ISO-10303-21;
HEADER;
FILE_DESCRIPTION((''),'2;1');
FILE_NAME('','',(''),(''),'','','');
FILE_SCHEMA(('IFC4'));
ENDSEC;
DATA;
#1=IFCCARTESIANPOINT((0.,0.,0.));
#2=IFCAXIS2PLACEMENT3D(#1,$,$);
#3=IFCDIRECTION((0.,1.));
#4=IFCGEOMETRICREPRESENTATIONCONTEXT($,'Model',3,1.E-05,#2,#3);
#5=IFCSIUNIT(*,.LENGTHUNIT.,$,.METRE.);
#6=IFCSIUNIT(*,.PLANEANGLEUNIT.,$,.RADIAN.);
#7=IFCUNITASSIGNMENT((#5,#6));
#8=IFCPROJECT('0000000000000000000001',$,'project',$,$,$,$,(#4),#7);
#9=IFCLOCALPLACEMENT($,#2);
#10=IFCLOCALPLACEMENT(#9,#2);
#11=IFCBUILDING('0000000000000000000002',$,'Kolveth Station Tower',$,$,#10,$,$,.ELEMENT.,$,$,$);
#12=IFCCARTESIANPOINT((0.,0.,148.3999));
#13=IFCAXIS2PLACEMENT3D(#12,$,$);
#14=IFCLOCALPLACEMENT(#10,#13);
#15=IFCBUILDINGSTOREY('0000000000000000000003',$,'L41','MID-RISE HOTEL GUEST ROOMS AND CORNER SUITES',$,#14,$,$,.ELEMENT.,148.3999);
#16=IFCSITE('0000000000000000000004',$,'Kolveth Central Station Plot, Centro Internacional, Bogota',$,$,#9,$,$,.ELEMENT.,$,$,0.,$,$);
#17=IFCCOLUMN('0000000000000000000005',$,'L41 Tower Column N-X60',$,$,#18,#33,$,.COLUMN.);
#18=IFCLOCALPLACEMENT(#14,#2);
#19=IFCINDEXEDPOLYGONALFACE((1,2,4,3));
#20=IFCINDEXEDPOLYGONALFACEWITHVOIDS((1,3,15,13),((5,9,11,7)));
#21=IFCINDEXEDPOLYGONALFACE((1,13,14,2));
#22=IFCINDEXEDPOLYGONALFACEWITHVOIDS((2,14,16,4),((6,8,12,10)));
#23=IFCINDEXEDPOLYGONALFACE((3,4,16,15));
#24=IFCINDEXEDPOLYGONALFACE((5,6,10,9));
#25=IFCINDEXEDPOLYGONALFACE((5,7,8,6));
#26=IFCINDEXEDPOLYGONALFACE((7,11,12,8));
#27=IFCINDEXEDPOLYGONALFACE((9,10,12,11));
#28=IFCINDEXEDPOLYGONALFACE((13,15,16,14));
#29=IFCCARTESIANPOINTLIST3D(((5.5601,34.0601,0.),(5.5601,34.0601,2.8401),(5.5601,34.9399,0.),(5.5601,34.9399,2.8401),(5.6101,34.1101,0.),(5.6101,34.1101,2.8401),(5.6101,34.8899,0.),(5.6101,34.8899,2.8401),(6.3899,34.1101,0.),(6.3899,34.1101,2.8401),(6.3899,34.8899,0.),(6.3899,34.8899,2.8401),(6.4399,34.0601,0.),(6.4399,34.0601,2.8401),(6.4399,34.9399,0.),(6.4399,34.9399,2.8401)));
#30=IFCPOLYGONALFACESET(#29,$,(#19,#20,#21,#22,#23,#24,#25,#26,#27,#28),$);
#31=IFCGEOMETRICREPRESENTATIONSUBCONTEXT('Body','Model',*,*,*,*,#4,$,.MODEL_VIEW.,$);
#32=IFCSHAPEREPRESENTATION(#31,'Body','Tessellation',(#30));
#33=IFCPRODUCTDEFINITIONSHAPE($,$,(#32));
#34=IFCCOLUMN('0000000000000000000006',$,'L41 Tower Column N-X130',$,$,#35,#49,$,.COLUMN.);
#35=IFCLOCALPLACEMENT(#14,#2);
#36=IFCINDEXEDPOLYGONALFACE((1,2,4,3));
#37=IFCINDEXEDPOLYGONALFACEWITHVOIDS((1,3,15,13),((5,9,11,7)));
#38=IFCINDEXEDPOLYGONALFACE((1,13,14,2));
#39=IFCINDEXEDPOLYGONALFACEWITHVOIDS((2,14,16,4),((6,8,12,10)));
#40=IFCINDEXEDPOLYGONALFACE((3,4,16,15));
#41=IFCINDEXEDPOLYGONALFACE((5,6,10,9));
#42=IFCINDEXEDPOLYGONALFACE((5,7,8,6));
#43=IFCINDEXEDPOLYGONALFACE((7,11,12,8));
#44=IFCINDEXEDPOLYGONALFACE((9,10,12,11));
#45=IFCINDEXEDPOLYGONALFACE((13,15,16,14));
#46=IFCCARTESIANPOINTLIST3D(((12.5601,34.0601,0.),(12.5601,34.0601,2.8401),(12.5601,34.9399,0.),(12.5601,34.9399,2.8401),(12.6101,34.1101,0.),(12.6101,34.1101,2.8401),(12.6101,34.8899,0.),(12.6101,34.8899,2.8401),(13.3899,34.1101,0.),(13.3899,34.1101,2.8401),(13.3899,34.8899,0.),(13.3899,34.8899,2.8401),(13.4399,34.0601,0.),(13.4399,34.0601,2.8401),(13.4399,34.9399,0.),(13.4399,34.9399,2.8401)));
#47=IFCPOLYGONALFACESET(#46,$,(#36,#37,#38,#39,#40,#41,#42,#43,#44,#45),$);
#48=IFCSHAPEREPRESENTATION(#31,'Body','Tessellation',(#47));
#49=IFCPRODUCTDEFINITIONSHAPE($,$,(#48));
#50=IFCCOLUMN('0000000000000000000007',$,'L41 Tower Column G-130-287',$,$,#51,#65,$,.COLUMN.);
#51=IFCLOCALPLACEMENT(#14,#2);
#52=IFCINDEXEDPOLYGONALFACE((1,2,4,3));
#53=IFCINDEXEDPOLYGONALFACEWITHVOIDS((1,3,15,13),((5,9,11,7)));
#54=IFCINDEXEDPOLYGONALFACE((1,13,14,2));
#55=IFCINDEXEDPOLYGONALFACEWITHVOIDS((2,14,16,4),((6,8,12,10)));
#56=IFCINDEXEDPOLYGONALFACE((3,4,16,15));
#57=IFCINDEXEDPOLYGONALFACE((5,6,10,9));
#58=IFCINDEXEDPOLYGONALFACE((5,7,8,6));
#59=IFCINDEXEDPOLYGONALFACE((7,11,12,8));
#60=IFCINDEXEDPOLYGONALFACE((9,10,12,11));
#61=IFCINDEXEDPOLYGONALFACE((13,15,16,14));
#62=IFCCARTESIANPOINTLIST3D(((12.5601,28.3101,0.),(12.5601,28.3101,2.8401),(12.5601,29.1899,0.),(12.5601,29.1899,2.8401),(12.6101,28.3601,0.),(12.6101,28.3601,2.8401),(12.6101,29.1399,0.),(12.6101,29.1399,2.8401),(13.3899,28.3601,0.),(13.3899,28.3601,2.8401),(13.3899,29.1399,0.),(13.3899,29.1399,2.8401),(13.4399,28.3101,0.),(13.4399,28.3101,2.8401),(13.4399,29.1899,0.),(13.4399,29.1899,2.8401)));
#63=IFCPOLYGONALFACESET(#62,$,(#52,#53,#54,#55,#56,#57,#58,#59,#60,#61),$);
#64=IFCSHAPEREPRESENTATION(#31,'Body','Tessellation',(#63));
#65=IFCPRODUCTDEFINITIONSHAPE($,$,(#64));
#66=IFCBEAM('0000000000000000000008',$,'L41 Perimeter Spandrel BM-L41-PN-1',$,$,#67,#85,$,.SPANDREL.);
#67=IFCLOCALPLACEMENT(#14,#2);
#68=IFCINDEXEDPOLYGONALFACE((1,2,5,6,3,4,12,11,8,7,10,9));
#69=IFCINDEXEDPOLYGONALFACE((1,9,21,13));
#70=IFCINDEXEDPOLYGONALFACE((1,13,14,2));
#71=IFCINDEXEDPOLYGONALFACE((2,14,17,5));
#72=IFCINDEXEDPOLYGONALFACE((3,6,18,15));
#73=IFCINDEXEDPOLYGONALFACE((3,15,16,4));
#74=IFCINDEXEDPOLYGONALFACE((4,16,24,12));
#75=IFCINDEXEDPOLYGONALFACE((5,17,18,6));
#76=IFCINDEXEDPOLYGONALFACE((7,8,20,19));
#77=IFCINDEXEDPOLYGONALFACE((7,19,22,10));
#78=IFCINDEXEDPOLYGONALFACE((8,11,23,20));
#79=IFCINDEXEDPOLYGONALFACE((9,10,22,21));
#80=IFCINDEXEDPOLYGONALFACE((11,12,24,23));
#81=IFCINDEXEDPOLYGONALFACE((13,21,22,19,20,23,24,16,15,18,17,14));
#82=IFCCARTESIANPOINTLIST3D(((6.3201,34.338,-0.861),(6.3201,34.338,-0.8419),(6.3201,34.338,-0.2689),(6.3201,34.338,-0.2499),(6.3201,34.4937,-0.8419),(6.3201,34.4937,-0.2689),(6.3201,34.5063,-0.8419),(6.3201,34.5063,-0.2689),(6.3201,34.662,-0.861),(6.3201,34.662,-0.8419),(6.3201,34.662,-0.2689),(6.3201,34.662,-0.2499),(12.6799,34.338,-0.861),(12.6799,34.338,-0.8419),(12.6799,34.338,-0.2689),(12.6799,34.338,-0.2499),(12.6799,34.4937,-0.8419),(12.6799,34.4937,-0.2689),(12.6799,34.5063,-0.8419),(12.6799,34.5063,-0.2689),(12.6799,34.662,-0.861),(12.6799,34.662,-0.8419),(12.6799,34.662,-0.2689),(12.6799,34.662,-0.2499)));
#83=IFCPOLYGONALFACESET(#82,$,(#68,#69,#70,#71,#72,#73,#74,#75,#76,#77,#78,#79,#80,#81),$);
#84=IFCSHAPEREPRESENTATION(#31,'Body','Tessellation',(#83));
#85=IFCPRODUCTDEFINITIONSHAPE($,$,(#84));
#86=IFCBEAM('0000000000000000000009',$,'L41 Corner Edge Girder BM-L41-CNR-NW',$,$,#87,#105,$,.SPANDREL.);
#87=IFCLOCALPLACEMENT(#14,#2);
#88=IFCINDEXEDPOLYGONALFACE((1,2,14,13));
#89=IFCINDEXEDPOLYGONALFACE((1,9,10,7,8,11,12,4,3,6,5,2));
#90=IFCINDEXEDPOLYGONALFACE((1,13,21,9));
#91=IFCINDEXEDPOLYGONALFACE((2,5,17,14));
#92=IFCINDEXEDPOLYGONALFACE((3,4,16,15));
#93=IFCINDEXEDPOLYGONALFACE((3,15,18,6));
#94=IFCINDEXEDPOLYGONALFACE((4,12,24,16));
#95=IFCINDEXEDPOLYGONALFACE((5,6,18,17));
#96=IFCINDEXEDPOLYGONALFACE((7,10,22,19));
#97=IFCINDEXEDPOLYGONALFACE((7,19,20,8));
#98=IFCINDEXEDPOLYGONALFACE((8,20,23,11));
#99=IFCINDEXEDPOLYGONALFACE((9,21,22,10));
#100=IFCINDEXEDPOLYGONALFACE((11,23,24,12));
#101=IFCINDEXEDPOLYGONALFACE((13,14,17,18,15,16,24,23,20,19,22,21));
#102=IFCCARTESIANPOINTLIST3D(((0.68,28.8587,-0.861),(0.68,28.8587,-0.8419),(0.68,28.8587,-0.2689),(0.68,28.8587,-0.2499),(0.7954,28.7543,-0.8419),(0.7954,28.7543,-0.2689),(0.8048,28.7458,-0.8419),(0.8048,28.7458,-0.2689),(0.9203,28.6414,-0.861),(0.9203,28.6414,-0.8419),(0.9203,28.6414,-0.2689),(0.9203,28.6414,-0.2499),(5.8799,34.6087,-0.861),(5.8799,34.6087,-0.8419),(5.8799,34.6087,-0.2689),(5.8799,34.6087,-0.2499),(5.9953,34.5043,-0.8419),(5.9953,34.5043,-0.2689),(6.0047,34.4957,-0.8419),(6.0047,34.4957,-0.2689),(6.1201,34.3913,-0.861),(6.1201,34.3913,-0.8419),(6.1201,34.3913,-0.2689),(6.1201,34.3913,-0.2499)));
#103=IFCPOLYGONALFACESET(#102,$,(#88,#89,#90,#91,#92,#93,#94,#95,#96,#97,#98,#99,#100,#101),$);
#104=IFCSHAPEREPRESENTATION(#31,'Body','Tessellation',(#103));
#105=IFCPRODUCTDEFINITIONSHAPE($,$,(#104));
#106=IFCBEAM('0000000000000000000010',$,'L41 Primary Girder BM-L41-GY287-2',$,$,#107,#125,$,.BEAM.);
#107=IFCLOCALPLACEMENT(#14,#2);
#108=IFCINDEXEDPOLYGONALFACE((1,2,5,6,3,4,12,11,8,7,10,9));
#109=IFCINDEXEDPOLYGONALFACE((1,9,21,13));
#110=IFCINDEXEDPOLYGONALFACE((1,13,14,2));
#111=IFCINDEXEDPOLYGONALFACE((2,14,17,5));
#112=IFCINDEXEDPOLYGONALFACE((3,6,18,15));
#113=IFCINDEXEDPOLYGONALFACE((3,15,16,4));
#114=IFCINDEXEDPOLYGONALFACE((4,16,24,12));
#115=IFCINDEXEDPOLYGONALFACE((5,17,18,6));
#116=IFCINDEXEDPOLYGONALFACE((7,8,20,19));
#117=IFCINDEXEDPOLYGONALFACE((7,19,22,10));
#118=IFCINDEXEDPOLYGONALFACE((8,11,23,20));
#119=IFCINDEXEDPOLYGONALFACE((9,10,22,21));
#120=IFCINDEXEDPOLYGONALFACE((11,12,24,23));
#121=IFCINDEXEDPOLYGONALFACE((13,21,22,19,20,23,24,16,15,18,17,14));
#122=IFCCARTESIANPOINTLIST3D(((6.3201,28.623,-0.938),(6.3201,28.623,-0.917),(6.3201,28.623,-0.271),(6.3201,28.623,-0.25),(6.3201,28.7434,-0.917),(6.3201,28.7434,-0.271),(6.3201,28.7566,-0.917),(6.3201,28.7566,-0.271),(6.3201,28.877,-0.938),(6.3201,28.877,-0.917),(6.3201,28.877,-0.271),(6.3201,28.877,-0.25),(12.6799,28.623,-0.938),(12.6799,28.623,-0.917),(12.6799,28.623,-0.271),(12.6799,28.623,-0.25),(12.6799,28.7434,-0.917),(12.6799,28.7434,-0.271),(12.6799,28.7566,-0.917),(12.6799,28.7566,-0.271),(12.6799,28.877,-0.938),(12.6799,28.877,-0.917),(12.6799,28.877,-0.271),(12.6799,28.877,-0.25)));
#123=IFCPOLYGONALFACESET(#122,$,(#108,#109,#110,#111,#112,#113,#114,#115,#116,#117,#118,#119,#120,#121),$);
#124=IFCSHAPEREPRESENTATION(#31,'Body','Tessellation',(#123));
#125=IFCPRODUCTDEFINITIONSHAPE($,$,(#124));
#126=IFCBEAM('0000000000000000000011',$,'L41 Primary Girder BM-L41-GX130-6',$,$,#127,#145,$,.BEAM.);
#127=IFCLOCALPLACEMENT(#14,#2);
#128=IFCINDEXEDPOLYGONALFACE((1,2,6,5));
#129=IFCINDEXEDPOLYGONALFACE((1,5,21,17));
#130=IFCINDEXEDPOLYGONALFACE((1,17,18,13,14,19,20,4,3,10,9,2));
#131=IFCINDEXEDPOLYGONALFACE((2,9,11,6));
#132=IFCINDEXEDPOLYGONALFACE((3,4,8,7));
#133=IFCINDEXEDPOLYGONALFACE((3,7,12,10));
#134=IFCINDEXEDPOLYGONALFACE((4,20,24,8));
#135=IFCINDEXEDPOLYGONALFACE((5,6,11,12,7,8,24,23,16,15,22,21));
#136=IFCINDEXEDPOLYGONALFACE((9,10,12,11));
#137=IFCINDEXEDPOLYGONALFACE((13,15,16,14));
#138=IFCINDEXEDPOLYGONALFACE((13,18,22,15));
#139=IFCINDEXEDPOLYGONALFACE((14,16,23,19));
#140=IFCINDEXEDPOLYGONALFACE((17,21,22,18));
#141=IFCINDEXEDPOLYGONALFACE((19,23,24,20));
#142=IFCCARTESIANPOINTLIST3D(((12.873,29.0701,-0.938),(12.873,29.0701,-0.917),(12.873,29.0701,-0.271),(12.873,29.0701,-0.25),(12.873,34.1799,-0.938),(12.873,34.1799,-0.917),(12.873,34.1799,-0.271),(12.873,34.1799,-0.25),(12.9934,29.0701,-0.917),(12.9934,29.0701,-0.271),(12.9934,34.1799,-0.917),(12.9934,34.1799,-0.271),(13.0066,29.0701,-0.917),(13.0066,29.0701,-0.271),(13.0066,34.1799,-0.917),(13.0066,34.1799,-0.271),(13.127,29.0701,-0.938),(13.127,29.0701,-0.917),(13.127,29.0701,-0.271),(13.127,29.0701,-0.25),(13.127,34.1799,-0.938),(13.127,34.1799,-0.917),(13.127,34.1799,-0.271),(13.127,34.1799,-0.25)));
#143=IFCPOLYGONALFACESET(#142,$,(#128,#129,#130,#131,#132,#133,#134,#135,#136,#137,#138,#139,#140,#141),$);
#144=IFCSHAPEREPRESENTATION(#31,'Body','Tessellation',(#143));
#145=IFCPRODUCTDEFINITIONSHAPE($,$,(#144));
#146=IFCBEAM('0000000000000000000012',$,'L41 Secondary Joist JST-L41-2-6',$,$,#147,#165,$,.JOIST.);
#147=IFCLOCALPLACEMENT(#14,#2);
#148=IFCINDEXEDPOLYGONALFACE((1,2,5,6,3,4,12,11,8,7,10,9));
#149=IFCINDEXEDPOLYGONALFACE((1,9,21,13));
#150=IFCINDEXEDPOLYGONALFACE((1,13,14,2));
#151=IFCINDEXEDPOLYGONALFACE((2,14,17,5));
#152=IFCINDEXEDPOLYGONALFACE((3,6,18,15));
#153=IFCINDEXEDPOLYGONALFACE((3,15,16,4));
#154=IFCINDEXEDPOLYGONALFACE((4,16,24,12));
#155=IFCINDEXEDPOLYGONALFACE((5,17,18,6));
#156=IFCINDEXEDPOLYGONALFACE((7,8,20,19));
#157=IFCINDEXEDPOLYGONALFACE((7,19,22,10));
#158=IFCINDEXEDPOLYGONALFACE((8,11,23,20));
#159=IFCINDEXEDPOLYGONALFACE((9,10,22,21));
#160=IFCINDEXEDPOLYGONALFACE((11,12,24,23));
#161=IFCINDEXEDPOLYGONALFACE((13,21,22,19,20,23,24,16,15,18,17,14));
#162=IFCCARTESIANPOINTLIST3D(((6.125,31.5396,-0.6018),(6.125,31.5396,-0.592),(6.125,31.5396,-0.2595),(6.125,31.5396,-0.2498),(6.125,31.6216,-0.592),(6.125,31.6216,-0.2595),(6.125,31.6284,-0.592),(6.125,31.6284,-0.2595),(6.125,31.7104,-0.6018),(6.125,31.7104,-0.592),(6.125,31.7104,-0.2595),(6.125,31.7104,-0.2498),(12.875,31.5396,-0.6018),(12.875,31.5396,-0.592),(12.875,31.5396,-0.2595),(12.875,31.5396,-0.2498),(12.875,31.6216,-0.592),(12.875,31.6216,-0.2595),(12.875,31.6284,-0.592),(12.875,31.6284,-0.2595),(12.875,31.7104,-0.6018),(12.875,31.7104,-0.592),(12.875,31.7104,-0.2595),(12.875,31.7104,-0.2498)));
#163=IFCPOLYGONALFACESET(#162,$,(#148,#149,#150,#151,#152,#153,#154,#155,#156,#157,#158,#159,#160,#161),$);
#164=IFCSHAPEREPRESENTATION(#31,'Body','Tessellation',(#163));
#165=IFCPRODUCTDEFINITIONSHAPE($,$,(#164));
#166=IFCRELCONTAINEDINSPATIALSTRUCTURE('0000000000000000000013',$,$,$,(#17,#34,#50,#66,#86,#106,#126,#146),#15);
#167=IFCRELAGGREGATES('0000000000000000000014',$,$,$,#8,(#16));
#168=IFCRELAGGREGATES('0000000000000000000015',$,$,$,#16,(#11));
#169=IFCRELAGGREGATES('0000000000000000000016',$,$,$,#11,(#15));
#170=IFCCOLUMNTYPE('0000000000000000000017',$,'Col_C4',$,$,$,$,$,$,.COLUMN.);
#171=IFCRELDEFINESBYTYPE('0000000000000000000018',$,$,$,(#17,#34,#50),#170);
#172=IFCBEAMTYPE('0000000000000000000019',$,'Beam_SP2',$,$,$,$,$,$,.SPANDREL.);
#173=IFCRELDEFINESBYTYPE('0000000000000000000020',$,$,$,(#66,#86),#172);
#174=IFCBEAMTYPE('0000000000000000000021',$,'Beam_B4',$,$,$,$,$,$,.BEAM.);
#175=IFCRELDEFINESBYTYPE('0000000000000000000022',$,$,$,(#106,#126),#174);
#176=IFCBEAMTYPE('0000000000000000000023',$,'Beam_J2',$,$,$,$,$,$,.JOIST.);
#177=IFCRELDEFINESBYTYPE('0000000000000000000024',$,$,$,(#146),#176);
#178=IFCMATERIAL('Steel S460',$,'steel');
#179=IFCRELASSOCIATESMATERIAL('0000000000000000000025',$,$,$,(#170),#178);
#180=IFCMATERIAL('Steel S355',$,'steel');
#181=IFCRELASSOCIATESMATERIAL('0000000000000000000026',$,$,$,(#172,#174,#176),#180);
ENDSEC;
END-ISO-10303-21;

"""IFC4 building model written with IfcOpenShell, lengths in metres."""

from ifc_helpers import new_model, si_unit, direction, frame, origin, origin_2d, place, context, subcontext, project, spatial, hollow_rectangle, i_section, extrude, source, transform, mapped, material, material_profile, profile_set, type_object, element, save


model = new_model("IFC4")

# Units and contexts
model_context = context("Model", 3, precision=1e-05, world=origin(), true_north=direction((0.0, 1.0)))
body_context = subcontext(model_context, "Body", "Model", "MODEL_VIEW")
ifc_project = project(units=[si_unit("LENGTHUNIT", "METRE"), si_unit("PLANEANGLEUNIT", "RADIAN")], contexts=[model_context])

# Site, building, storey
site_placement = place(None, origin())
site = spatial("IfcSite", under=ifc_project, at=site_placement, Name="Kolveth Central Station Plot, Centro Internacional, Bogota", CompositionType="ELEMENT", RefElevation=0.0)
building_placement = place(site_placement, origin())
building = spatial("IfcBuilding", under=site, at=building_placement, Name="Kolveth Station Tower", CompositionType="ELEMENT")
storey_placement = place(building_placement, frame((0.0, 0.0, 148.3999)))
storey = spatial("IfcBuildingStorey", under=building, at=storey_placement, Name="L41", Description="MID-RISE HOTEL GUEST ROOMS AND CORNER SUITES", CompositionType="ELEMENT", Elevation=148.3999)

# Columns
ifc_material_1 = material(Name="Steel S460", Category="steel")
ifc_material_profile_1 = material_profile(ifc_material_1, hollow_rectangle(XDim=0.8799, YDim=0.8799, WallThickness=0.05, at=origin_2d()), Name="BOX880x880x50")
ifc_profile_set_1 = profile_set([ifc_material_profile_1], Name="Steel S460")
column_type = type_object("IfcColumnType", Name="Col_C4", PredefinedType="COLUMN", material=ifc_profile_set_1)
shared_shape_1 = source(origin(), body_context, "Body", "SweptSolid", [
    extrude(hollow_rectangle(XDim=0.8799, YDim=0.8799, WallThickness=0.05, at=origin_2d()), origin(), (0.0, 0.0, 1.0), 2.8401),
])
for number, where, z_axis, x_axis, name in (
    (1, (6.0, 34.5, 0.0), (0.0, 0.0, 1.0), (1.0, 0.0, 0.0), "L41 Tower Column N-X60"),
    (2, (13.0, 34.5, 0.0), (0.0, 0.0, 1.0), (1.0, 0.0, 0.0), "L41 Tower Column N-X130"),
    (3, (13.0, 28.75, 0.0), (0.0, 0.0, 1.0), (1.0, 0.0, 0.0), "L41 Tower Column G-130-287"),
):
    element("IfcColumn", number, at=place(storey_placement, frame(where, z_axis=z_axis, x_axis=x_axis)), inside=storey, type_object=column_type, Name=name, PredefinedType="COLUMN", context=body_context, shape_type="MappedRepresentation", body=[
        mapped(shared_shape_1, transform((0.0, 0.0, 0.0), x_axis=(1.0, 0.0, 0.0), y_axis=(0.0, 1.0, 0.0), z_axis=(0.0, 0.0, 1.0), scale=1.0)),
    ])

# Beams
ifc_material_2 = material(Name="Steel S355", Category="steel")
ifc_material_profile_2 = material_profile(ifc_material_2, i_section(OverallWidth=0.324, OverallDepth=0.6111, WebThickness=0.0127, FlangeThickness=0.019, at=origin_2d()), Name="W610x155")
ifc_profile_set_2 = profile_set([ifc_material_profile_2], Name="Steel S355")
beam_type_1 = type_object("IfcBeamType", Name="Beam_SP2", PredefinedType="SPANDREL", material=ifc_profile_set_2)
shared_shape_2 = source(origin(), body_context, "Body", "SweptSolid", [
    extrude(i_section(OverallWidth=0.324, OverallDepth=0.6111, WebThickness=0.0127, FlangeThickness=0.019, at=origin_2d()), origin(), (0.0, 0.0, 1.0), 6.3599),
])
beam_1_placement = place(storey_placement, frame((6.3201, 34.5, -0.5554), z_axis=(1.0, 0.0, 0.0), x_axis=(0.0, 1.0, 0.0)))
element("IfcBeam", 4, at=beam_1_placement, inside=storey, type_object=beam_type_1, Name="L41 Perimeter Spandrel BM-L41-PN-1", PredefinedType="SPANDREL", context=body_context, shape_type="MappedRepresentation", body=[
    mapped(shared_shape_2, transform((0.0, 0.0, 0.0), x_axis=(1.0, 0.0, 0.0), y_axis=(0.0, 1.0, 0.0), z_axis=(0.0, 0.0, 1.0), scale=1.0)),
])
shared_shape_3 = source(origin(), body_context, "Body", "SweptSolid", [
    extrude(i_section(OverallWidth=0.324, OverallDepth=0.6111, WebThickness=0.0127, FlangeThickness=0.019, at=origin_2d()), origin(), (0.0, 0.0, 1.0), 7.7524),
])
beam_2_placement = place(storey_placement, frame((6.0, 34.5, -0.5554), z_axis=(-0.670741, -0.741692, 0.0), x_axis=(0.741692, -0.670741, 0.0)))
element("IfcBeam", 5, at=beam_2_placement, inside=storey, type_object=beam_type_1, Name="L41 Corner Edge Girder BM-L41-CNR-NW", PredefinedType="SPANDREL", context=body_context, shape_type="MappedRepresentation", body=[
    mapped(shared_shape_3, transform((0.0, 0.0, 0.0), x_axis=(1.0, 0.0, 0.0), y_axis=(0.0, 1.0, 0.0), z_axis=(0.0, 0.0, 1.0), scale=1.0)),
])
ifc_material_profile_3 = material_profile(ifc_material_2, i_section(OverallWidth=0.2539, OverallDepth=0.688, WebThickness=0.0132, FlangeThickness=0.021, at=origin_2d()), Name="W690x152")
ifc_profile_set_3 = profile_set([ifc_material_profile_3], Name="Steel S355")
beam_type_2 = type_object("IfcBeamType", Name="Beam_B4", PredefinedType="BEAM", material=ifc_profile_set_3)
shared_shape_4 = source(origin(), body_context, "Body", "SweptSolid", [
    extrude(i_section(OverallWidth=0.2539, OverallDepth=0.688, WebThickness=0.0132, FlangeThickness=0.021, at=origin_2d()), origin(), (0.0, 0.0, 1.0), 6.3599),
])
beam_3_placement = place(storey_placement, frame((6.3201, 28.75, -0.594), z_axis=(1.0, 0.0, 0.0), x_axis=(0.0, 1.0, 0.0)))
element("IfcBeam", 6, at=beam_3_placement, inside=storey, type_object=beam_type_2, Name="L41 Primary Girder BM-L41-GY287-2", PredefinedType="BEAM", context=body_context, shape_type="MappedRepresentation", body=[
    mapped(shared_shape_4, transform((0.0, 0.0, 0.0), x_axis=(1.0, 0.0, 0.0), y_axis=(0.0, 1.0, 0.0), z_axis=(0.0, 0.0, 1.0), scale=1.0)),
])
shared_shape_5 = source(origin(), body_context, "Body", "SweptSolid", [
    extrude(i_section(OverallWidth=0.2539, OverallDepth=0.688, WebThickness=0.0132, FlangeThickness=0.021, at=origin_2d()), origin(), (0.0, 0.0, 1.0), 5.1099),
])
beam_4_placement = place(storey_placement, frame((13.0, 29.0701, -0.594), z_axis=(0.0, 1.0, 0.0), x_axis=(-1.0, 0.0, 0.0)))
element("IfcBeam", 7, at=beam_4_placement, inside=storey, type_object=beam_type_2, Name="L41 Primary Girder BM-L41-GX130-6", PredefinedType="BEAM", context=body_context, shape_type="MappedRepresentation", body=[
    mapped(shared_shape_5, transform((0.0, 0.0, 0.0), x_axis=(1.0, 0.0, 0.0), y_axis=(0.0, 1.0, 0.0), z_axis=(0.0, 0.0, 1.0), scale=1.0)),
])
ifc_material_profile_4 = material_profile(ifc_material_2, i_section(OverallWidth=0.1709, OverallDepth=0.3521, WebThickness=0.0068, FlangeThickness=0.0098, at=origin_2d()), Name="W360x44")
ifc_profile_set_4 = profile_set([ifc_material_profile_4], Name="Steel S355")
beam_type_3 = type_object("IfcBeamType", Name="Beam_J2", PredefinedType="JOIST", material=ifc_profile_set_4)
shared_shape_6 = source(origin(), body_context, "Body", "SweptSolid", [
    extrude(i_section(OverallWidth=0.1709, OverallDepth=0.3521, WebThickness=0.0068, FlangeThickness=0.0098, at=origin_2d()), origin(), (0.0, 0.0, 1.0), 6.75),
])
beam_5_placement = place(storey_placement, frame((6.125, 31.625, -0.4258), z_axis=(1.0, 0.0, 0.0), x_axis=(0.0, 1.0, 0.0)))
element("IfcBeam", 8, at=beam_5_placement, inside=storey, type_object=beam_type_3, Name="L41 Secondary Joist JST-L41-2-6", PredefinedType="JOIST", context=body_context, shape_type="MappedRepresentation", body=[
    mapped(shared_shape_6, transform((0.0, 0.0, 0.0), x_axis=(1.0, 0.0, 0.0), y_axis=(0.0, 1.0, 0.0), z_axis=(0.0, 0.0, 1.0), scale=1.0)),
])

save(model, "model.ifc")
